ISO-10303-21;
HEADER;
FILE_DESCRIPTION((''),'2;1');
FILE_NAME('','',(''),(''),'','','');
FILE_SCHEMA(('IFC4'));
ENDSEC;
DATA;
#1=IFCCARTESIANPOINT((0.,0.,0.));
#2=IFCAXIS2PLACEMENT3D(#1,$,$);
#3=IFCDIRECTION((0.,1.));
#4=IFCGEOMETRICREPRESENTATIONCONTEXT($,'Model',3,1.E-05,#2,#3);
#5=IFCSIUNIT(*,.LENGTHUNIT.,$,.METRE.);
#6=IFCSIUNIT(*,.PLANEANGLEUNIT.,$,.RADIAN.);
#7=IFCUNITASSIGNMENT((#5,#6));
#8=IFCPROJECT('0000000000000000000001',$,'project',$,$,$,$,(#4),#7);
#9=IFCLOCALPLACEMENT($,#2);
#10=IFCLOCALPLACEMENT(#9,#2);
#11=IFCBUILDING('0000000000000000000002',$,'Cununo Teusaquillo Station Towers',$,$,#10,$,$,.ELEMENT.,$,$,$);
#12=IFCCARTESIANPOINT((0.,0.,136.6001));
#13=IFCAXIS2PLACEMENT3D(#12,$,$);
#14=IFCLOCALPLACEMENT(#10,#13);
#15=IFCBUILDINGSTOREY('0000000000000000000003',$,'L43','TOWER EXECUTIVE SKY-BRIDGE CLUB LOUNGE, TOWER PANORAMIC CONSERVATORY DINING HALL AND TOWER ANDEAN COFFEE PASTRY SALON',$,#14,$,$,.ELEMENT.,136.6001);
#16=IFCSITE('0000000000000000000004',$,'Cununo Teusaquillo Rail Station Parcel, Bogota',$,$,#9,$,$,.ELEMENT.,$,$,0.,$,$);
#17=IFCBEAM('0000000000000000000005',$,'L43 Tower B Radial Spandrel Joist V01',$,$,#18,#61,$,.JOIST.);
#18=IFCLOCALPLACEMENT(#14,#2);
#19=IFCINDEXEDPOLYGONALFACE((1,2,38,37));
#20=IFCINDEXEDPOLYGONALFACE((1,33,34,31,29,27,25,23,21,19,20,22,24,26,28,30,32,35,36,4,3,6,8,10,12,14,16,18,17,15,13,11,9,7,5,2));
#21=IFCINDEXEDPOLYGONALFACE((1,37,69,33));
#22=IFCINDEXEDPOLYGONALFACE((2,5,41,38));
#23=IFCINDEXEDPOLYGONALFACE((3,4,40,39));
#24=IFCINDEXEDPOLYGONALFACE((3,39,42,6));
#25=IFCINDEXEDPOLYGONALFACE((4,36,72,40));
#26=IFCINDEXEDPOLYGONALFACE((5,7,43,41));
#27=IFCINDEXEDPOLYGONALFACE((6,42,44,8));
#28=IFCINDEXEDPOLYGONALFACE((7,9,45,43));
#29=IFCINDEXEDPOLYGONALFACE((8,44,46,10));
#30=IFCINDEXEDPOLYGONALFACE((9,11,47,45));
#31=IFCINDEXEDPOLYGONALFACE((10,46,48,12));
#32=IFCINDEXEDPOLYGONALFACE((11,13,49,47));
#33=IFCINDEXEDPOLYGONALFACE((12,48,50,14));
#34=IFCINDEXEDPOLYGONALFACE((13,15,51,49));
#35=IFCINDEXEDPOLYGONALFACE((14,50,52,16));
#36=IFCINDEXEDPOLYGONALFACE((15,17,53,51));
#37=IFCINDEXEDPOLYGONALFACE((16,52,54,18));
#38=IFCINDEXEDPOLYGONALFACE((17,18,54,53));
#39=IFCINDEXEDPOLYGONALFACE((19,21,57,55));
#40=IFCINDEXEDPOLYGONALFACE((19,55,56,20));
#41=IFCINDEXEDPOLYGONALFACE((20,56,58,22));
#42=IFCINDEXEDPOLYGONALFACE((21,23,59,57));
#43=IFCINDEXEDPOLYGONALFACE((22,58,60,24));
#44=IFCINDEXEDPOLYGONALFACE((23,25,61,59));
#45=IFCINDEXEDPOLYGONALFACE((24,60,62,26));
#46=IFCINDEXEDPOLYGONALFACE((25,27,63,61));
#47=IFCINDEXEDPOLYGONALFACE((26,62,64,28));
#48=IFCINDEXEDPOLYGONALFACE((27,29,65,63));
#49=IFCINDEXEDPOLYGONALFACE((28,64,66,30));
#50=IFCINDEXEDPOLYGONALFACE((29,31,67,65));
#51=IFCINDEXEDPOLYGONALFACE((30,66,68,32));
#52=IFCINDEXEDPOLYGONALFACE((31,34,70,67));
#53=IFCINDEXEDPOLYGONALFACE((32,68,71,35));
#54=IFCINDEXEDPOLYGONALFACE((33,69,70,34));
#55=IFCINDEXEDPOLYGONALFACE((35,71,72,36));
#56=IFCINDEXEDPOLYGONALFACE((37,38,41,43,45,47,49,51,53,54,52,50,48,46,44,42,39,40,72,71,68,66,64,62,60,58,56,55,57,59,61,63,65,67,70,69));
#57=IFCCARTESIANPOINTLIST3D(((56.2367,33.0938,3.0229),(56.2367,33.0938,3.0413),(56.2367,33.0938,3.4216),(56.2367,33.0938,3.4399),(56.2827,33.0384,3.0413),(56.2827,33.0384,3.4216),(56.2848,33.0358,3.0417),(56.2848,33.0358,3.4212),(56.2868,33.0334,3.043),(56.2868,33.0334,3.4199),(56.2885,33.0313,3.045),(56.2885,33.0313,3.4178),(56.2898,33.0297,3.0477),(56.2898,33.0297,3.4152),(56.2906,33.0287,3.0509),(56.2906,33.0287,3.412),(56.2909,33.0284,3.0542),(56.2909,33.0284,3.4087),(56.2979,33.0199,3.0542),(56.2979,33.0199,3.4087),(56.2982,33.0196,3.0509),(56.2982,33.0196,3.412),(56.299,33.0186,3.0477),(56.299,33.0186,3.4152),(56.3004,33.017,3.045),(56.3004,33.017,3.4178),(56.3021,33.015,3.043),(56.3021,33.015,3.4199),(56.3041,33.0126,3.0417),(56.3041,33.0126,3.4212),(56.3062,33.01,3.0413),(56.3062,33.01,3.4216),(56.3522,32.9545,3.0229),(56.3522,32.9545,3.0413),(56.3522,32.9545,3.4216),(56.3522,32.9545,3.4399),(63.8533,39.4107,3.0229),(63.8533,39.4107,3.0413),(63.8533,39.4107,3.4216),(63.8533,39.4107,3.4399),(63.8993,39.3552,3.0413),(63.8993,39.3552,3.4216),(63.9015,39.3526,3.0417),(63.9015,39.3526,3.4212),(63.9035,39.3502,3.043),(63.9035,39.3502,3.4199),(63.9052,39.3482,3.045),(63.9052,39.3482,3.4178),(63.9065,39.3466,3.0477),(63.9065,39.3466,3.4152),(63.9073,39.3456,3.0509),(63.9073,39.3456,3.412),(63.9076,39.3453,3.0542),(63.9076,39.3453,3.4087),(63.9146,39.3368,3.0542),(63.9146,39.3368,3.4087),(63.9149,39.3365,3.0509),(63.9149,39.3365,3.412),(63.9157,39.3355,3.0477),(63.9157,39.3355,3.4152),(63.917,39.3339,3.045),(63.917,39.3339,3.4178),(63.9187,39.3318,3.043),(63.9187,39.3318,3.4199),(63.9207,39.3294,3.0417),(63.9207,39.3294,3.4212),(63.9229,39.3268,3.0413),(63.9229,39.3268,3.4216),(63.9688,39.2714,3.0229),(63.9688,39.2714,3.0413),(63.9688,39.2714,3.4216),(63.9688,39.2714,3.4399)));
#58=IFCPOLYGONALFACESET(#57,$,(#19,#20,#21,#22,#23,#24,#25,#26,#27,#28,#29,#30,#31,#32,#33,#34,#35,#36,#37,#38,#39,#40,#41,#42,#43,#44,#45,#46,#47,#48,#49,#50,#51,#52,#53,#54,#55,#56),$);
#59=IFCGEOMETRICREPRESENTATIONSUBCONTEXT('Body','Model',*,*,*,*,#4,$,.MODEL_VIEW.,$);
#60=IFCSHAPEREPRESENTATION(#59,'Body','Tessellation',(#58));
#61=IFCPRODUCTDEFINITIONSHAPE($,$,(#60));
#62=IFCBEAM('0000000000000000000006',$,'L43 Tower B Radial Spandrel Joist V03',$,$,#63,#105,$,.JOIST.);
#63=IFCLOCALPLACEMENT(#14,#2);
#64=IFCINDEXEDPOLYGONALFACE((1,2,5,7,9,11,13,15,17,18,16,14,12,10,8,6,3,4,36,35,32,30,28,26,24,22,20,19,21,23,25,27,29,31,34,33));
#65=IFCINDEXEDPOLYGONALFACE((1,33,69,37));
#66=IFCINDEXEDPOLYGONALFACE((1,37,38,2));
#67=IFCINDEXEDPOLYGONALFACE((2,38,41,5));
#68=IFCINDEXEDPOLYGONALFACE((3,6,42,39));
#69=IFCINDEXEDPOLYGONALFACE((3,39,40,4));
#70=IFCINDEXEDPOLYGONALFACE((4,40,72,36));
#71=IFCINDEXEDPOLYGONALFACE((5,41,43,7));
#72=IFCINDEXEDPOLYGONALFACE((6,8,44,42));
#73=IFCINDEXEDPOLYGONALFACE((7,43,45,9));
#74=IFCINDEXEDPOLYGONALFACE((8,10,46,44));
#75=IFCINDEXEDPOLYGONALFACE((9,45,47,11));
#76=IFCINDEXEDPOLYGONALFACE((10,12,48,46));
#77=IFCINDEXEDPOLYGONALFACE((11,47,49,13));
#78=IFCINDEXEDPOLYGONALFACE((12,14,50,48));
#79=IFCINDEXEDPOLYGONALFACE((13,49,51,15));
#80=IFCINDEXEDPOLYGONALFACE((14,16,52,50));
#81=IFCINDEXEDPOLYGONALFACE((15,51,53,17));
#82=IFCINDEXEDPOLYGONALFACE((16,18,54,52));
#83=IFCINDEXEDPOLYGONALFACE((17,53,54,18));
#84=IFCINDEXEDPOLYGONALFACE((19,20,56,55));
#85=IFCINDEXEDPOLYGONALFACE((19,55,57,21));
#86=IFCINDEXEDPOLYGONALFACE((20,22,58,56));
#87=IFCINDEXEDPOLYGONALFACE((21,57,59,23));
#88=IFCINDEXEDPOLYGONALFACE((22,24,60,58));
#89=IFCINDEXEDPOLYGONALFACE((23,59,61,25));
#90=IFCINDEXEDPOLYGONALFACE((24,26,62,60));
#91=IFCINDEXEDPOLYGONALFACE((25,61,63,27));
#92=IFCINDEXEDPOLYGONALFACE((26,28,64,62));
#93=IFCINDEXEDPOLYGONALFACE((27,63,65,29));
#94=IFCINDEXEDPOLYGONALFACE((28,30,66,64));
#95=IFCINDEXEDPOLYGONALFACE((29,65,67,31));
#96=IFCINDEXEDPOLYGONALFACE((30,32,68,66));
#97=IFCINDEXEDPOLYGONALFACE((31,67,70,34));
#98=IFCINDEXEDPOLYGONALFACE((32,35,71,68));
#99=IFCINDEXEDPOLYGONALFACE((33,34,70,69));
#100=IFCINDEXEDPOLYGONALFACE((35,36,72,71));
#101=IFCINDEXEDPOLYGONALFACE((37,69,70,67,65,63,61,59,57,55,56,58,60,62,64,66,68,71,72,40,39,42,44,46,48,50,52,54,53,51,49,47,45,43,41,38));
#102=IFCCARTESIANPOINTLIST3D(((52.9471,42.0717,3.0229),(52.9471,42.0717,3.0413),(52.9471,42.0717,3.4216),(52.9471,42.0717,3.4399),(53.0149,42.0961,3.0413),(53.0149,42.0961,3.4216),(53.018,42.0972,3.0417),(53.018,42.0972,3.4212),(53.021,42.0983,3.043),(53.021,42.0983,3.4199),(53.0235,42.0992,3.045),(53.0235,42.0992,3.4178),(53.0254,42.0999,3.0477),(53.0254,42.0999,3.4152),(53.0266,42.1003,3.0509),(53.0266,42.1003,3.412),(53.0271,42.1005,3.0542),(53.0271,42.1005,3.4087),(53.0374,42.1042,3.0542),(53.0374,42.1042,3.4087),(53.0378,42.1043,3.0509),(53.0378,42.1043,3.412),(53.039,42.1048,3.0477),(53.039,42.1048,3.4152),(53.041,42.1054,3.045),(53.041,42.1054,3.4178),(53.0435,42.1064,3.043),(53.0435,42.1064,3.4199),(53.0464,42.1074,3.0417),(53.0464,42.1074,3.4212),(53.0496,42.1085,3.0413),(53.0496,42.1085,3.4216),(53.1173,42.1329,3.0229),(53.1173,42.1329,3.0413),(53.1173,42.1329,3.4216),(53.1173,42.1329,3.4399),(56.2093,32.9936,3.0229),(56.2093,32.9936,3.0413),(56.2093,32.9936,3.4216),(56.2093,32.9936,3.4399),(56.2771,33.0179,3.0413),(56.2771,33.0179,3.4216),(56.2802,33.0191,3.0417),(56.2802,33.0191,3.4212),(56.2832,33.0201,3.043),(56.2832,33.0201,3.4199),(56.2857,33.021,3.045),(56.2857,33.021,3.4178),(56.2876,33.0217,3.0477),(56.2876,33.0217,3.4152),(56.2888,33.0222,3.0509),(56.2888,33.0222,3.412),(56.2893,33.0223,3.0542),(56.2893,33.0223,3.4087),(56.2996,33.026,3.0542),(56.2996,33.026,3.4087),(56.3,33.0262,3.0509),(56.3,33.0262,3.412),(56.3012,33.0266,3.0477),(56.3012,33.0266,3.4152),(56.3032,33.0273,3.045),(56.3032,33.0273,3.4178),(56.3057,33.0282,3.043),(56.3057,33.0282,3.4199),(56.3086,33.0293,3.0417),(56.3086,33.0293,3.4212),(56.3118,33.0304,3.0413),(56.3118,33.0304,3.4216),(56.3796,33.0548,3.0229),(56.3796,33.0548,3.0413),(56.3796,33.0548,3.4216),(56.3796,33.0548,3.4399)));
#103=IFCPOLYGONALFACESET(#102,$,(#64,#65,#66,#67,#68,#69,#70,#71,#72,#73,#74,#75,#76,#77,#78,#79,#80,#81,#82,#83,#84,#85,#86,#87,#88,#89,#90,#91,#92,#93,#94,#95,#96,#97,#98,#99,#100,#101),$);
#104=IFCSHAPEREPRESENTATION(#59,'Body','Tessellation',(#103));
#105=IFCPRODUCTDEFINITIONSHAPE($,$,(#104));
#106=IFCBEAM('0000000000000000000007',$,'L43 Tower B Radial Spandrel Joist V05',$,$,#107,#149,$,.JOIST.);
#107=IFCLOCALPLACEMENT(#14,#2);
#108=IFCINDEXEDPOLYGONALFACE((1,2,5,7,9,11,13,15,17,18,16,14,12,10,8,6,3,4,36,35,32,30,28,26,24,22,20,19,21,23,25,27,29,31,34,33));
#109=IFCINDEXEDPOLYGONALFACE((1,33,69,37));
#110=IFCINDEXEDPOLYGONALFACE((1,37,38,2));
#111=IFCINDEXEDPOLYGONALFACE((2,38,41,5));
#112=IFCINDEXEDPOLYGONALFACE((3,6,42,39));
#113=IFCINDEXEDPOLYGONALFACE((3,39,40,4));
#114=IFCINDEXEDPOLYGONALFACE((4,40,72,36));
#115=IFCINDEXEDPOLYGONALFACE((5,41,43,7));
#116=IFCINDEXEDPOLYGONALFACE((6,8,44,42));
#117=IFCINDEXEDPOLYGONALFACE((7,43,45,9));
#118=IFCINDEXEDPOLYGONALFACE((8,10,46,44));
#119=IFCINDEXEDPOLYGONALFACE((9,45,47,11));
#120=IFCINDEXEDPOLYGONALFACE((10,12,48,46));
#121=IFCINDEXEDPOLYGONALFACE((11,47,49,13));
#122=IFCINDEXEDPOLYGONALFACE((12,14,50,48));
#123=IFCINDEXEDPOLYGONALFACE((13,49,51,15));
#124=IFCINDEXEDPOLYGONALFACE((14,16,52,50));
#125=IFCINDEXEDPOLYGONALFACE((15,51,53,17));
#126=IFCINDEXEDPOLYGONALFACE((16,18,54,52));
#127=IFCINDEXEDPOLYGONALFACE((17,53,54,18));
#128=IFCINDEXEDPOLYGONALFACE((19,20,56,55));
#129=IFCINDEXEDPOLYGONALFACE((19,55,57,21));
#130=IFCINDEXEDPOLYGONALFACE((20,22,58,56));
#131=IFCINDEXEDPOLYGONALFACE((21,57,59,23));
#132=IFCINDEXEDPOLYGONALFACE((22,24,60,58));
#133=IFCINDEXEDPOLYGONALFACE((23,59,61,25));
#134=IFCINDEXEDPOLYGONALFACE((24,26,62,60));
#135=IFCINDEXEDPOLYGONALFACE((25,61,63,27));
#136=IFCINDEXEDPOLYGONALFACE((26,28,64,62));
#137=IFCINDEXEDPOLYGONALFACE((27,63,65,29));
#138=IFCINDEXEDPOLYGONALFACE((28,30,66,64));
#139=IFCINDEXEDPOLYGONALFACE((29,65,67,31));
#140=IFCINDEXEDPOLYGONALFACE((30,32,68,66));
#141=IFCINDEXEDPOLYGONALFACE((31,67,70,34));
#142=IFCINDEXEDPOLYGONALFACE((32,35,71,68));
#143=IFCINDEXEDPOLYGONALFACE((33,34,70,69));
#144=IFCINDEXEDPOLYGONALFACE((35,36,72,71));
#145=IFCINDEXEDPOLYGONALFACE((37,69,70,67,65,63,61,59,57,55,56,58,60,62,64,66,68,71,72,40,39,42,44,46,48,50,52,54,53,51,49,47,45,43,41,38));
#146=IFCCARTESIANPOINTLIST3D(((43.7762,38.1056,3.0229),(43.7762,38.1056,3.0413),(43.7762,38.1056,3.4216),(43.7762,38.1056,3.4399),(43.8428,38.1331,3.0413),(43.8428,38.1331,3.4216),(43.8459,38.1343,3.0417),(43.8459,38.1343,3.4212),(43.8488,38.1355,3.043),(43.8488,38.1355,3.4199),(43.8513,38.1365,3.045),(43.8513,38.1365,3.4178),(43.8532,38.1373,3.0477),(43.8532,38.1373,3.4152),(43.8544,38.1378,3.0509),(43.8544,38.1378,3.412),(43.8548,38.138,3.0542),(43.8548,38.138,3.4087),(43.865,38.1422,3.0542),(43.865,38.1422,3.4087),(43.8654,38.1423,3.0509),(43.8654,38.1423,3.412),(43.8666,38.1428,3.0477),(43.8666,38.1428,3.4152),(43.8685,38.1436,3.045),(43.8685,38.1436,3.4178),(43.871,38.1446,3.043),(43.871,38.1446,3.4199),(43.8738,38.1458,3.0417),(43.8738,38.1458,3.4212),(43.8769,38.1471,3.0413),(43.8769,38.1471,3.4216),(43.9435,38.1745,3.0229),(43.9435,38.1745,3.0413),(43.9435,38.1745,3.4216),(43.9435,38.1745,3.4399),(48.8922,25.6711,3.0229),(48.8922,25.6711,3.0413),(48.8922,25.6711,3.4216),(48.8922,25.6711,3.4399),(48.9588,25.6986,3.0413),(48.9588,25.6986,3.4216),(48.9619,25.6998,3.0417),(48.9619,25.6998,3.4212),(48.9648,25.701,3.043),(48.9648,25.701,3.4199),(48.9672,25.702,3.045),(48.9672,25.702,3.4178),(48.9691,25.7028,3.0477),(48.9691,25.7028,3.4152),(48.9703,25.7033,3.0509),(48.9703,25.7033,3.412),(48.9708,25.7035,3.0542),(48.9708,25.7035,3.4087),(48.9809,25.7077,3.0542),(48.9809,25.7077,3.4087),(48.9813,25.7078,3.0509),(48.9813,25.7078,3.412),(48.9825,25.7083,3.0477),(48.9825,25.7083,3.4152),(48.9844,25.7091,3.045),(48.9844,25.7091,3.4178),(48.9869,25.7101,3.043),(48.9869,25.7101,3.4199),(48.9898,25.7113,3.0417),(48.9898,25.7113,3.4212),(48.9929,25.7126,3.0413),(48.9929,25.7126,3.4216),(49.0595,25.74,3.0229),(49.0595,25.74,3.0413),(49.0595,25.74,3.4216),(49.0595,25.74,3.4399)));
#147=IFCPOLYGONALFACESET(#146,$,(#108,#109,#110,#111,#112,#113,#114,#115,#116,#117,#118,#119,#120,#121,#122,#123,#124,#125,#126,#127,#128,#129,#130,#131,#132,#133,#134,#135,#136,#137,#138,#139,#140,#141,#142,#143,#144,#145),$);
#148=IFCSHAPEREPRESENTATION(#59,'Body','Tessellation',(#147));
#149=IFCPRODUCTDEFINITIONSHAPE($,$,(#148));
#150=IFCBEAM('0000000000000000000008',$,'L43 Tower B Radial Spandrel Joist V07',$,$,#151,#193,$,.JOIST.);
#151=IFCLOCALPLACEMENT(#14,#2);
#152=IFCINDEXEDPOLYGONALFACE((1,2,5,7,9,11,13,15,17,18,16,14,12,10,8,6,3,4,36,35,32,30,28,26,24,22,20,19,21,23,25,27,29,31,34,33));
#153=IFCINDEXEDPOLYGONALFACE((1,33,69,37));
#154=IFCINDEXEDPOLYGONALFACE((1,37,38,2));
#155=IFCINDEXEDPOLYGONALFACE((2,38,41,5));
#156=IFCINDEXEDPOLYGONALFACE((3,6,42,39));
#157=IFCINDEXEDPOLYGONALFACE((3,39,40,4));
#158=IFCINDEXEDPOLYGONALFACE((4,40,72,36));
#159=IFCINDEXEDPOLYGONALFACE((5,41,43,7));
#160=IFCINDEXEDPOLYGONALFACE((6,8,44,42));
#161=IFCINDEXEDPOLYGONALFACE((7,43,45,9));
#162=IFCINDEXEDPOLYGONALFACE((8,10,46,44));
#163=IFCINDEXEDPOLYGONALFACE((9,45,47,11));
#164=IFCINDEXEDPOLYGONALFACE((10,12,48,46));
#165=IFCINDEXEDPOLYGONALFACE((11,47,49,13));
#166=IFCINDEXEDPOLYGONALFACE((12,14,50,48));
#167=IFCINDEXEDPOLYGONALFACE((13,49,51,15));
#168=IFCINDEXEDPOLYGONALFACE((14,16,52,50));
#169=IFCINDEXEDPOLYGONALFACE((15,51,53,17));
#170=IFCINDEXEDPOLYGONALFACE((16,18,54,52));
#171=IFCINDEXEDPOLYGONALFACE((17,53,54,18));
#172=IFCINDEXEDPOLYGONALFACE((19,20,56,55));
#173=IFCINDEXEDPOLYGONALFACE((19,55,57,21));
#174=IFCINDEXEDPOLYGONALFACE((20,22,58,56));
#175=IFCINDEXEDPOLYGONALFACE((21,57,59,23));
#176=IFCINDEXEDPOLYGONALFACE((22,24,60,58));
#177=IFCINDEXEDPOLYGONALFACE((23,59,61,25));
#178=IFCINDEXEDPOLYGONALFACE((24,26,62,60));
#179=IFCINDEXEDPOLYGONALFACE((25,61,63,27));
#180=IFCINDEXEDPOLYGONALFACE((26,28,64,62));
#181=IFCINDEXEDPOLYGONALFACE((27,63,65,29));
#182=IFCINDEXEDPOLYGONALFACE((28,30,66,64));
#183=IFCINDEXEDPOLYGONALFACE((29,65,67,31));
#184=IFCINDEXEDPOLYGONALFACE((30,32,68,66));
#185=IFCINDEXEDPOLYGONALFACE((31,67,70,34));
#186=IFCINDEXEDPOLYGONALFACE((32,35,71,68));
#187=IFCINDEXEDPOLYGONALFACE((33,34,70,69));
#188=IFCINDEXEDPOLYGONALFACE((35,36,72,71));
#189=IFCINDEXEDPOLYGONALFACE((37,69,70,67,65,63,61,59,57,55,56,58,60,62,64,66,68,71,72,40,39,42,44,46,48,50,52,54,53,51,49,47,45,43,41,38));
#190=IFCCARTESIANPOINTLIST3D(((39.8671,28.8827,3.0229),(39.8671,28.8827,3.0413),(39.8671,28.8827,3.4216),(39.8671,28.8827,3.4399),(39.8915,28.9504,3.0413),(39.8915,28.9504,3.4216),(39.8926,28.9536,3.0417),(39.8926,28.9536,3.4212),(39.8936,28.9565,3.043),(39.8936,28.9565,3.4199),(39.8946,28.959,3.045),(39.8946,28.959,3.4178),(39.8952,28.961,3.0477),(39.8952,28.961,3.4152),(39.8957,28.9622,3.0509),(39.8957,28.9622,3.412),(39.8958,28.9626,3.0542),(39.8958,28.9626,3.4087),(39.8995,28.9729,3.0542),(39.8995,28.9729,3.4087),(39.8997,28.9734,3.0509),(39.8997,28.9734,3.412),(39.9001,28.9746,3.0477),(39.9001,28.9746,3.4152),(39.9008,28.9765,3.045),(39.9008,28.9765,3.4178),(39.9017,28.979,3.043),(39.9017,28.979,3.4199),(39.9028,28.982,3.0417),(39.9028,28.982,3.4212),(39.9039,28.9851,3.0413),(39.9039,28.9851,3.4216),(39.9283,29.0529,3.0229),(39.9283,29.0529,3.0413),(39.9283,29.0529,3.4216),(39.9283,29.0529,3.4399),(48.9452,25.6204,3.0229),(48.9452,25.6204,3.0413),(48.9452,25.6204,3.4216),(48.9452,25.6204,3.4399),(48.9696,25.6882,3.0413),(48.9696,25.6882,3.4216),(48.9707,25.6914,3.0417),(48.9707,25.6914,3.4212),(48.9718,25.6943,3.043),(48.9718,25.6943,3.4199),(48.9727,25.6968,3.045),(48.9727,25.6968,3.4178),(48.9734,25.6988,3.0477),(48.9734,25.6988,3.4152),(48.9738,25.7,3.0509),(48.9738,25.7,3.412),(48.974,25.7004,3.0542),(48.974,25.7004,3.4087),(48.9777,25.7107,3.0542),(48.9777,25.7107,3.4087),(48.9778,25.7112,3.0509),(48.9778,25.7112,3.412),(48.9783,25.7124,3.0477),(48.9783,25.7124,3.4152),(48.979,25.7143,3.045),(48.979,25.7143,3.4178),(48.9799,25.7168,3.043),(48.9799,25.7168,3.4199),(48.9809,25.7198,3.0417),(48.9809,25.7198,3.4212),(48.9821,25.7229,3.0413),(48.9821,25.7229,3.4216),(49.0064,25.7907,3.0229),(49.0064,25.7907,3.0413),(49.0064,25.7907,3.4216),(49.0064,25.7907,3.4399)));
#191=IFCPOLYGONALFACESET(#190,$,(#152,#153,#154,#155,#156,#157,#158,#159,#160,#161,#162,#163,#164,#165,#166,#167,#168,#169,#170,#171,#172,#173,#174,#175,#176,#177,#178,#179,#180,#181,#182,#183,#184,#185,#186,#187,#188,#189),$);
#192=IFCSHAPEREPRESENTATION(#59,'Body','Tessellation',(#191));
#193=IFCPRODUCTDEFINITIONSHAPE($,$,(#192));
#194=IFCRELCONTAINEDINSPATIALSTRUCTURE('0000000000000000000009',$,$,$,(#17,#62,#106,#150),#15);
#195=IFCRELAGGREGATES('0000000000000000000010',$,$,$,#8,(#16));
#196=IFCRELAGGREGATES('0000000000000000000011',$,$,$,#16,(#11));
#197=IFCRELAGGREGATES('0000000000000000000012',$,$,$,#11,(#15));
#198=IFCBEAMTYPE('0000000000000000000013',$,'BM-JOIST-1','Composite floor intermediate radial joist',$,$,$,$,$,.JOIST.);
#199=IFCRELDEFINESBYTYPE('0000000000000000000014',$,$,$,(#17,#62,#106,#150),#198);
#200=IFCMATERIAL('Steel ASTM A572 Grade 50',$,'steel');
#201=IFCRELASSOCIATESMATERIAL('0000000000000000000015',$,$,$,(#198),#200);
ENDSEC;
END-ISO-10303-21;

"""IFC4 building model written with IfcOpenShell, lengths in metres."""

from ifc_helpers import new_model, si_unit, direction, frame, origin, origin_2d, place, context, subcontext, project, spatial, i_section, extrude, material, material_profile, profile_set, type_object, element, save


model = new_model("IFC4")

# Units and contexts
model_context = context("Model", 3, precision=1e-05, world=origin(), true_north=direction((0.0, 1.0)))
body_context = subcontext(model_context, "Body", "Model", "MODEL_VIEW")
ifc_project = project(units=[si_unit("LENGTHUNIT", "METRE"), si_unit("PLANEANGLEUNIT", "RADIAN")], contexts=[model_context])

# Site, building, storey
site_placement = place(None, origin())
site = spatial("IfcSite", under=ifc_project, at=site_placement, Name="Cununo Teusaquillo Rail Station Parcel, Bogota", CompositionType="ELEMENT", RefElevation=0.0)
building_placement = place(site_placement, origin())
building = spatial("IfcBuilding", under=site, at=building_placement, Name="Cununo Teusaquillo Station Towers", CompositionType="ELEMENT")
storey_placement = place(building_placement, frame((0.0, 0.0, 136.6001)))
storey = spatial("IfcBuildingStorey", under=building, at=storey_placement, Name="L43", Description="TOWER EXECUTIVE SKY-BRIDGE CLUB LOUNGE, TOWER PANORAMIC CONSERVATORY DINING HALL AND TOWER ANDEAN COFFEE PASTRY SALON", CompositionType="ELEMENT", Elevation=136.6001)

# Beams
ifc_material_1 = material(Name="Steel ASTM A572 Grade 50", Category="steel")
ifc_material_profile_1 = material_profile(ifc_material_1, i_section(OverallWidth=0.1809, OverallDepth=0.417, WebThickness=0.011, FlangeThickness=0.0183, FilletRadius=0.0129, at=origin_2d()), Name="W16X57")
ifc_profile_set_1 = profile_set([ifc_material_profile_1], Name="Steel ASTM A572 Grade 50")
beam_type_1 = type_object("IfcBeamType", Name="BM-JOIST-1", Description="Composite floor intermediate radial joist", PredefinedType="JOIST", material=ifc_profile_set_1)
beam_1_placement = place(storey_placement, frame((56.2944, 33.0242, 3.2314), z_axis=(0.769728, 0.638372, 0.0), x_axis=(-0.638372, 0.769728, 0.0)))
element("IfcBeam", 1, at=beam_1_placement, inside=storey, type_object=beam_type_1, Name="L43 Tower B Radial Spandrel Joist V01", PredefinedType="JOIST", context=body_context, shape_type="SweptSolid", body=[
    extrude(i_section(OverallWidth=0.1809, OverallDepth=0.417, WebThickness=0.011, FlangeThickness=0.0183, FilletRadius=0.0129, at=origin_2d()), origin(), (0.0, 0.0, 1.0), 9.8953),
])
beam_2_placement = place(storey_placement, frame((56.2944, 33.0242, 3.2314), z_axis=(-0.338176, 0.941083, 0.0), x_axis=(-0.941083, -0.338176, 0.0)))
element("IfcBeam", 2, at=beam_2_placement, inside=storey, type_object=beam_type_1, Name="L43 Tower B Radial Spandrel Joist V03", PredefinedType="JOIST", context=body_context, shape_type="SweptSolid", body=[
    extrude(i_section(OverallWidth=0.1809, OverallDepth=0.417, WebThickness=0.011, FlangeThickness=0.0183, FilletRadius=0.0129, at=origin_2d()), origin(), (0.0, 0.0, 1.0), 9.6465),
])
beam_3_placement = place(storey_placement, frame((48.9758, 25.7056, 3.2314), z_axis=(-0.380486, 0.924787, 0.0), x_axis=(-0.924787, -0.380486, 0.0)))
element("IfcBeam", 3, at=beam_3_placement, inside=storey, type_object=beam_type_1, Name="L43 Tower B Radial Spandrel Joist V05", PredefinedType="JOIST", context=body_context, shape_type="SweptSolid", body=[
    extrude(i_section(OverallWidth=0.1809, OverallDepth=0.417, WebThickness=0.011, FlangeThickness=0.0183, FilletRadius=0.0129, at=origin_2d()), origin(), (0.0, 0.0, 1.0), 13.4458),
])
beam_4_placement = place(storey_placement, frame((48.9758, 25.7056, 3.2314), z_axis=(-0.941083, 0.338176, 0.0), x_axis=(-0.338176, -0.941083, 0.0)))
element("IfcBeam", 4, at=beam_4_placement, inside=storey, type_object=beam_type_1, Name="L43 Tower B Radial Spandrel Joist V07", PredefinedType="JOIST", context=body_context, shape_type="SweptSolid", body=[
    extrude(i_section(OverallWidth=0.1809, OverallDepth=0.417, WebThickness=0.011, FlangeThickness=0.0183, FilletRadius=0.0129, at=origin_2d()), origin(), (0.0, 0.0, 1.0), 9.6465),
])

save(model, "model.ifc")
